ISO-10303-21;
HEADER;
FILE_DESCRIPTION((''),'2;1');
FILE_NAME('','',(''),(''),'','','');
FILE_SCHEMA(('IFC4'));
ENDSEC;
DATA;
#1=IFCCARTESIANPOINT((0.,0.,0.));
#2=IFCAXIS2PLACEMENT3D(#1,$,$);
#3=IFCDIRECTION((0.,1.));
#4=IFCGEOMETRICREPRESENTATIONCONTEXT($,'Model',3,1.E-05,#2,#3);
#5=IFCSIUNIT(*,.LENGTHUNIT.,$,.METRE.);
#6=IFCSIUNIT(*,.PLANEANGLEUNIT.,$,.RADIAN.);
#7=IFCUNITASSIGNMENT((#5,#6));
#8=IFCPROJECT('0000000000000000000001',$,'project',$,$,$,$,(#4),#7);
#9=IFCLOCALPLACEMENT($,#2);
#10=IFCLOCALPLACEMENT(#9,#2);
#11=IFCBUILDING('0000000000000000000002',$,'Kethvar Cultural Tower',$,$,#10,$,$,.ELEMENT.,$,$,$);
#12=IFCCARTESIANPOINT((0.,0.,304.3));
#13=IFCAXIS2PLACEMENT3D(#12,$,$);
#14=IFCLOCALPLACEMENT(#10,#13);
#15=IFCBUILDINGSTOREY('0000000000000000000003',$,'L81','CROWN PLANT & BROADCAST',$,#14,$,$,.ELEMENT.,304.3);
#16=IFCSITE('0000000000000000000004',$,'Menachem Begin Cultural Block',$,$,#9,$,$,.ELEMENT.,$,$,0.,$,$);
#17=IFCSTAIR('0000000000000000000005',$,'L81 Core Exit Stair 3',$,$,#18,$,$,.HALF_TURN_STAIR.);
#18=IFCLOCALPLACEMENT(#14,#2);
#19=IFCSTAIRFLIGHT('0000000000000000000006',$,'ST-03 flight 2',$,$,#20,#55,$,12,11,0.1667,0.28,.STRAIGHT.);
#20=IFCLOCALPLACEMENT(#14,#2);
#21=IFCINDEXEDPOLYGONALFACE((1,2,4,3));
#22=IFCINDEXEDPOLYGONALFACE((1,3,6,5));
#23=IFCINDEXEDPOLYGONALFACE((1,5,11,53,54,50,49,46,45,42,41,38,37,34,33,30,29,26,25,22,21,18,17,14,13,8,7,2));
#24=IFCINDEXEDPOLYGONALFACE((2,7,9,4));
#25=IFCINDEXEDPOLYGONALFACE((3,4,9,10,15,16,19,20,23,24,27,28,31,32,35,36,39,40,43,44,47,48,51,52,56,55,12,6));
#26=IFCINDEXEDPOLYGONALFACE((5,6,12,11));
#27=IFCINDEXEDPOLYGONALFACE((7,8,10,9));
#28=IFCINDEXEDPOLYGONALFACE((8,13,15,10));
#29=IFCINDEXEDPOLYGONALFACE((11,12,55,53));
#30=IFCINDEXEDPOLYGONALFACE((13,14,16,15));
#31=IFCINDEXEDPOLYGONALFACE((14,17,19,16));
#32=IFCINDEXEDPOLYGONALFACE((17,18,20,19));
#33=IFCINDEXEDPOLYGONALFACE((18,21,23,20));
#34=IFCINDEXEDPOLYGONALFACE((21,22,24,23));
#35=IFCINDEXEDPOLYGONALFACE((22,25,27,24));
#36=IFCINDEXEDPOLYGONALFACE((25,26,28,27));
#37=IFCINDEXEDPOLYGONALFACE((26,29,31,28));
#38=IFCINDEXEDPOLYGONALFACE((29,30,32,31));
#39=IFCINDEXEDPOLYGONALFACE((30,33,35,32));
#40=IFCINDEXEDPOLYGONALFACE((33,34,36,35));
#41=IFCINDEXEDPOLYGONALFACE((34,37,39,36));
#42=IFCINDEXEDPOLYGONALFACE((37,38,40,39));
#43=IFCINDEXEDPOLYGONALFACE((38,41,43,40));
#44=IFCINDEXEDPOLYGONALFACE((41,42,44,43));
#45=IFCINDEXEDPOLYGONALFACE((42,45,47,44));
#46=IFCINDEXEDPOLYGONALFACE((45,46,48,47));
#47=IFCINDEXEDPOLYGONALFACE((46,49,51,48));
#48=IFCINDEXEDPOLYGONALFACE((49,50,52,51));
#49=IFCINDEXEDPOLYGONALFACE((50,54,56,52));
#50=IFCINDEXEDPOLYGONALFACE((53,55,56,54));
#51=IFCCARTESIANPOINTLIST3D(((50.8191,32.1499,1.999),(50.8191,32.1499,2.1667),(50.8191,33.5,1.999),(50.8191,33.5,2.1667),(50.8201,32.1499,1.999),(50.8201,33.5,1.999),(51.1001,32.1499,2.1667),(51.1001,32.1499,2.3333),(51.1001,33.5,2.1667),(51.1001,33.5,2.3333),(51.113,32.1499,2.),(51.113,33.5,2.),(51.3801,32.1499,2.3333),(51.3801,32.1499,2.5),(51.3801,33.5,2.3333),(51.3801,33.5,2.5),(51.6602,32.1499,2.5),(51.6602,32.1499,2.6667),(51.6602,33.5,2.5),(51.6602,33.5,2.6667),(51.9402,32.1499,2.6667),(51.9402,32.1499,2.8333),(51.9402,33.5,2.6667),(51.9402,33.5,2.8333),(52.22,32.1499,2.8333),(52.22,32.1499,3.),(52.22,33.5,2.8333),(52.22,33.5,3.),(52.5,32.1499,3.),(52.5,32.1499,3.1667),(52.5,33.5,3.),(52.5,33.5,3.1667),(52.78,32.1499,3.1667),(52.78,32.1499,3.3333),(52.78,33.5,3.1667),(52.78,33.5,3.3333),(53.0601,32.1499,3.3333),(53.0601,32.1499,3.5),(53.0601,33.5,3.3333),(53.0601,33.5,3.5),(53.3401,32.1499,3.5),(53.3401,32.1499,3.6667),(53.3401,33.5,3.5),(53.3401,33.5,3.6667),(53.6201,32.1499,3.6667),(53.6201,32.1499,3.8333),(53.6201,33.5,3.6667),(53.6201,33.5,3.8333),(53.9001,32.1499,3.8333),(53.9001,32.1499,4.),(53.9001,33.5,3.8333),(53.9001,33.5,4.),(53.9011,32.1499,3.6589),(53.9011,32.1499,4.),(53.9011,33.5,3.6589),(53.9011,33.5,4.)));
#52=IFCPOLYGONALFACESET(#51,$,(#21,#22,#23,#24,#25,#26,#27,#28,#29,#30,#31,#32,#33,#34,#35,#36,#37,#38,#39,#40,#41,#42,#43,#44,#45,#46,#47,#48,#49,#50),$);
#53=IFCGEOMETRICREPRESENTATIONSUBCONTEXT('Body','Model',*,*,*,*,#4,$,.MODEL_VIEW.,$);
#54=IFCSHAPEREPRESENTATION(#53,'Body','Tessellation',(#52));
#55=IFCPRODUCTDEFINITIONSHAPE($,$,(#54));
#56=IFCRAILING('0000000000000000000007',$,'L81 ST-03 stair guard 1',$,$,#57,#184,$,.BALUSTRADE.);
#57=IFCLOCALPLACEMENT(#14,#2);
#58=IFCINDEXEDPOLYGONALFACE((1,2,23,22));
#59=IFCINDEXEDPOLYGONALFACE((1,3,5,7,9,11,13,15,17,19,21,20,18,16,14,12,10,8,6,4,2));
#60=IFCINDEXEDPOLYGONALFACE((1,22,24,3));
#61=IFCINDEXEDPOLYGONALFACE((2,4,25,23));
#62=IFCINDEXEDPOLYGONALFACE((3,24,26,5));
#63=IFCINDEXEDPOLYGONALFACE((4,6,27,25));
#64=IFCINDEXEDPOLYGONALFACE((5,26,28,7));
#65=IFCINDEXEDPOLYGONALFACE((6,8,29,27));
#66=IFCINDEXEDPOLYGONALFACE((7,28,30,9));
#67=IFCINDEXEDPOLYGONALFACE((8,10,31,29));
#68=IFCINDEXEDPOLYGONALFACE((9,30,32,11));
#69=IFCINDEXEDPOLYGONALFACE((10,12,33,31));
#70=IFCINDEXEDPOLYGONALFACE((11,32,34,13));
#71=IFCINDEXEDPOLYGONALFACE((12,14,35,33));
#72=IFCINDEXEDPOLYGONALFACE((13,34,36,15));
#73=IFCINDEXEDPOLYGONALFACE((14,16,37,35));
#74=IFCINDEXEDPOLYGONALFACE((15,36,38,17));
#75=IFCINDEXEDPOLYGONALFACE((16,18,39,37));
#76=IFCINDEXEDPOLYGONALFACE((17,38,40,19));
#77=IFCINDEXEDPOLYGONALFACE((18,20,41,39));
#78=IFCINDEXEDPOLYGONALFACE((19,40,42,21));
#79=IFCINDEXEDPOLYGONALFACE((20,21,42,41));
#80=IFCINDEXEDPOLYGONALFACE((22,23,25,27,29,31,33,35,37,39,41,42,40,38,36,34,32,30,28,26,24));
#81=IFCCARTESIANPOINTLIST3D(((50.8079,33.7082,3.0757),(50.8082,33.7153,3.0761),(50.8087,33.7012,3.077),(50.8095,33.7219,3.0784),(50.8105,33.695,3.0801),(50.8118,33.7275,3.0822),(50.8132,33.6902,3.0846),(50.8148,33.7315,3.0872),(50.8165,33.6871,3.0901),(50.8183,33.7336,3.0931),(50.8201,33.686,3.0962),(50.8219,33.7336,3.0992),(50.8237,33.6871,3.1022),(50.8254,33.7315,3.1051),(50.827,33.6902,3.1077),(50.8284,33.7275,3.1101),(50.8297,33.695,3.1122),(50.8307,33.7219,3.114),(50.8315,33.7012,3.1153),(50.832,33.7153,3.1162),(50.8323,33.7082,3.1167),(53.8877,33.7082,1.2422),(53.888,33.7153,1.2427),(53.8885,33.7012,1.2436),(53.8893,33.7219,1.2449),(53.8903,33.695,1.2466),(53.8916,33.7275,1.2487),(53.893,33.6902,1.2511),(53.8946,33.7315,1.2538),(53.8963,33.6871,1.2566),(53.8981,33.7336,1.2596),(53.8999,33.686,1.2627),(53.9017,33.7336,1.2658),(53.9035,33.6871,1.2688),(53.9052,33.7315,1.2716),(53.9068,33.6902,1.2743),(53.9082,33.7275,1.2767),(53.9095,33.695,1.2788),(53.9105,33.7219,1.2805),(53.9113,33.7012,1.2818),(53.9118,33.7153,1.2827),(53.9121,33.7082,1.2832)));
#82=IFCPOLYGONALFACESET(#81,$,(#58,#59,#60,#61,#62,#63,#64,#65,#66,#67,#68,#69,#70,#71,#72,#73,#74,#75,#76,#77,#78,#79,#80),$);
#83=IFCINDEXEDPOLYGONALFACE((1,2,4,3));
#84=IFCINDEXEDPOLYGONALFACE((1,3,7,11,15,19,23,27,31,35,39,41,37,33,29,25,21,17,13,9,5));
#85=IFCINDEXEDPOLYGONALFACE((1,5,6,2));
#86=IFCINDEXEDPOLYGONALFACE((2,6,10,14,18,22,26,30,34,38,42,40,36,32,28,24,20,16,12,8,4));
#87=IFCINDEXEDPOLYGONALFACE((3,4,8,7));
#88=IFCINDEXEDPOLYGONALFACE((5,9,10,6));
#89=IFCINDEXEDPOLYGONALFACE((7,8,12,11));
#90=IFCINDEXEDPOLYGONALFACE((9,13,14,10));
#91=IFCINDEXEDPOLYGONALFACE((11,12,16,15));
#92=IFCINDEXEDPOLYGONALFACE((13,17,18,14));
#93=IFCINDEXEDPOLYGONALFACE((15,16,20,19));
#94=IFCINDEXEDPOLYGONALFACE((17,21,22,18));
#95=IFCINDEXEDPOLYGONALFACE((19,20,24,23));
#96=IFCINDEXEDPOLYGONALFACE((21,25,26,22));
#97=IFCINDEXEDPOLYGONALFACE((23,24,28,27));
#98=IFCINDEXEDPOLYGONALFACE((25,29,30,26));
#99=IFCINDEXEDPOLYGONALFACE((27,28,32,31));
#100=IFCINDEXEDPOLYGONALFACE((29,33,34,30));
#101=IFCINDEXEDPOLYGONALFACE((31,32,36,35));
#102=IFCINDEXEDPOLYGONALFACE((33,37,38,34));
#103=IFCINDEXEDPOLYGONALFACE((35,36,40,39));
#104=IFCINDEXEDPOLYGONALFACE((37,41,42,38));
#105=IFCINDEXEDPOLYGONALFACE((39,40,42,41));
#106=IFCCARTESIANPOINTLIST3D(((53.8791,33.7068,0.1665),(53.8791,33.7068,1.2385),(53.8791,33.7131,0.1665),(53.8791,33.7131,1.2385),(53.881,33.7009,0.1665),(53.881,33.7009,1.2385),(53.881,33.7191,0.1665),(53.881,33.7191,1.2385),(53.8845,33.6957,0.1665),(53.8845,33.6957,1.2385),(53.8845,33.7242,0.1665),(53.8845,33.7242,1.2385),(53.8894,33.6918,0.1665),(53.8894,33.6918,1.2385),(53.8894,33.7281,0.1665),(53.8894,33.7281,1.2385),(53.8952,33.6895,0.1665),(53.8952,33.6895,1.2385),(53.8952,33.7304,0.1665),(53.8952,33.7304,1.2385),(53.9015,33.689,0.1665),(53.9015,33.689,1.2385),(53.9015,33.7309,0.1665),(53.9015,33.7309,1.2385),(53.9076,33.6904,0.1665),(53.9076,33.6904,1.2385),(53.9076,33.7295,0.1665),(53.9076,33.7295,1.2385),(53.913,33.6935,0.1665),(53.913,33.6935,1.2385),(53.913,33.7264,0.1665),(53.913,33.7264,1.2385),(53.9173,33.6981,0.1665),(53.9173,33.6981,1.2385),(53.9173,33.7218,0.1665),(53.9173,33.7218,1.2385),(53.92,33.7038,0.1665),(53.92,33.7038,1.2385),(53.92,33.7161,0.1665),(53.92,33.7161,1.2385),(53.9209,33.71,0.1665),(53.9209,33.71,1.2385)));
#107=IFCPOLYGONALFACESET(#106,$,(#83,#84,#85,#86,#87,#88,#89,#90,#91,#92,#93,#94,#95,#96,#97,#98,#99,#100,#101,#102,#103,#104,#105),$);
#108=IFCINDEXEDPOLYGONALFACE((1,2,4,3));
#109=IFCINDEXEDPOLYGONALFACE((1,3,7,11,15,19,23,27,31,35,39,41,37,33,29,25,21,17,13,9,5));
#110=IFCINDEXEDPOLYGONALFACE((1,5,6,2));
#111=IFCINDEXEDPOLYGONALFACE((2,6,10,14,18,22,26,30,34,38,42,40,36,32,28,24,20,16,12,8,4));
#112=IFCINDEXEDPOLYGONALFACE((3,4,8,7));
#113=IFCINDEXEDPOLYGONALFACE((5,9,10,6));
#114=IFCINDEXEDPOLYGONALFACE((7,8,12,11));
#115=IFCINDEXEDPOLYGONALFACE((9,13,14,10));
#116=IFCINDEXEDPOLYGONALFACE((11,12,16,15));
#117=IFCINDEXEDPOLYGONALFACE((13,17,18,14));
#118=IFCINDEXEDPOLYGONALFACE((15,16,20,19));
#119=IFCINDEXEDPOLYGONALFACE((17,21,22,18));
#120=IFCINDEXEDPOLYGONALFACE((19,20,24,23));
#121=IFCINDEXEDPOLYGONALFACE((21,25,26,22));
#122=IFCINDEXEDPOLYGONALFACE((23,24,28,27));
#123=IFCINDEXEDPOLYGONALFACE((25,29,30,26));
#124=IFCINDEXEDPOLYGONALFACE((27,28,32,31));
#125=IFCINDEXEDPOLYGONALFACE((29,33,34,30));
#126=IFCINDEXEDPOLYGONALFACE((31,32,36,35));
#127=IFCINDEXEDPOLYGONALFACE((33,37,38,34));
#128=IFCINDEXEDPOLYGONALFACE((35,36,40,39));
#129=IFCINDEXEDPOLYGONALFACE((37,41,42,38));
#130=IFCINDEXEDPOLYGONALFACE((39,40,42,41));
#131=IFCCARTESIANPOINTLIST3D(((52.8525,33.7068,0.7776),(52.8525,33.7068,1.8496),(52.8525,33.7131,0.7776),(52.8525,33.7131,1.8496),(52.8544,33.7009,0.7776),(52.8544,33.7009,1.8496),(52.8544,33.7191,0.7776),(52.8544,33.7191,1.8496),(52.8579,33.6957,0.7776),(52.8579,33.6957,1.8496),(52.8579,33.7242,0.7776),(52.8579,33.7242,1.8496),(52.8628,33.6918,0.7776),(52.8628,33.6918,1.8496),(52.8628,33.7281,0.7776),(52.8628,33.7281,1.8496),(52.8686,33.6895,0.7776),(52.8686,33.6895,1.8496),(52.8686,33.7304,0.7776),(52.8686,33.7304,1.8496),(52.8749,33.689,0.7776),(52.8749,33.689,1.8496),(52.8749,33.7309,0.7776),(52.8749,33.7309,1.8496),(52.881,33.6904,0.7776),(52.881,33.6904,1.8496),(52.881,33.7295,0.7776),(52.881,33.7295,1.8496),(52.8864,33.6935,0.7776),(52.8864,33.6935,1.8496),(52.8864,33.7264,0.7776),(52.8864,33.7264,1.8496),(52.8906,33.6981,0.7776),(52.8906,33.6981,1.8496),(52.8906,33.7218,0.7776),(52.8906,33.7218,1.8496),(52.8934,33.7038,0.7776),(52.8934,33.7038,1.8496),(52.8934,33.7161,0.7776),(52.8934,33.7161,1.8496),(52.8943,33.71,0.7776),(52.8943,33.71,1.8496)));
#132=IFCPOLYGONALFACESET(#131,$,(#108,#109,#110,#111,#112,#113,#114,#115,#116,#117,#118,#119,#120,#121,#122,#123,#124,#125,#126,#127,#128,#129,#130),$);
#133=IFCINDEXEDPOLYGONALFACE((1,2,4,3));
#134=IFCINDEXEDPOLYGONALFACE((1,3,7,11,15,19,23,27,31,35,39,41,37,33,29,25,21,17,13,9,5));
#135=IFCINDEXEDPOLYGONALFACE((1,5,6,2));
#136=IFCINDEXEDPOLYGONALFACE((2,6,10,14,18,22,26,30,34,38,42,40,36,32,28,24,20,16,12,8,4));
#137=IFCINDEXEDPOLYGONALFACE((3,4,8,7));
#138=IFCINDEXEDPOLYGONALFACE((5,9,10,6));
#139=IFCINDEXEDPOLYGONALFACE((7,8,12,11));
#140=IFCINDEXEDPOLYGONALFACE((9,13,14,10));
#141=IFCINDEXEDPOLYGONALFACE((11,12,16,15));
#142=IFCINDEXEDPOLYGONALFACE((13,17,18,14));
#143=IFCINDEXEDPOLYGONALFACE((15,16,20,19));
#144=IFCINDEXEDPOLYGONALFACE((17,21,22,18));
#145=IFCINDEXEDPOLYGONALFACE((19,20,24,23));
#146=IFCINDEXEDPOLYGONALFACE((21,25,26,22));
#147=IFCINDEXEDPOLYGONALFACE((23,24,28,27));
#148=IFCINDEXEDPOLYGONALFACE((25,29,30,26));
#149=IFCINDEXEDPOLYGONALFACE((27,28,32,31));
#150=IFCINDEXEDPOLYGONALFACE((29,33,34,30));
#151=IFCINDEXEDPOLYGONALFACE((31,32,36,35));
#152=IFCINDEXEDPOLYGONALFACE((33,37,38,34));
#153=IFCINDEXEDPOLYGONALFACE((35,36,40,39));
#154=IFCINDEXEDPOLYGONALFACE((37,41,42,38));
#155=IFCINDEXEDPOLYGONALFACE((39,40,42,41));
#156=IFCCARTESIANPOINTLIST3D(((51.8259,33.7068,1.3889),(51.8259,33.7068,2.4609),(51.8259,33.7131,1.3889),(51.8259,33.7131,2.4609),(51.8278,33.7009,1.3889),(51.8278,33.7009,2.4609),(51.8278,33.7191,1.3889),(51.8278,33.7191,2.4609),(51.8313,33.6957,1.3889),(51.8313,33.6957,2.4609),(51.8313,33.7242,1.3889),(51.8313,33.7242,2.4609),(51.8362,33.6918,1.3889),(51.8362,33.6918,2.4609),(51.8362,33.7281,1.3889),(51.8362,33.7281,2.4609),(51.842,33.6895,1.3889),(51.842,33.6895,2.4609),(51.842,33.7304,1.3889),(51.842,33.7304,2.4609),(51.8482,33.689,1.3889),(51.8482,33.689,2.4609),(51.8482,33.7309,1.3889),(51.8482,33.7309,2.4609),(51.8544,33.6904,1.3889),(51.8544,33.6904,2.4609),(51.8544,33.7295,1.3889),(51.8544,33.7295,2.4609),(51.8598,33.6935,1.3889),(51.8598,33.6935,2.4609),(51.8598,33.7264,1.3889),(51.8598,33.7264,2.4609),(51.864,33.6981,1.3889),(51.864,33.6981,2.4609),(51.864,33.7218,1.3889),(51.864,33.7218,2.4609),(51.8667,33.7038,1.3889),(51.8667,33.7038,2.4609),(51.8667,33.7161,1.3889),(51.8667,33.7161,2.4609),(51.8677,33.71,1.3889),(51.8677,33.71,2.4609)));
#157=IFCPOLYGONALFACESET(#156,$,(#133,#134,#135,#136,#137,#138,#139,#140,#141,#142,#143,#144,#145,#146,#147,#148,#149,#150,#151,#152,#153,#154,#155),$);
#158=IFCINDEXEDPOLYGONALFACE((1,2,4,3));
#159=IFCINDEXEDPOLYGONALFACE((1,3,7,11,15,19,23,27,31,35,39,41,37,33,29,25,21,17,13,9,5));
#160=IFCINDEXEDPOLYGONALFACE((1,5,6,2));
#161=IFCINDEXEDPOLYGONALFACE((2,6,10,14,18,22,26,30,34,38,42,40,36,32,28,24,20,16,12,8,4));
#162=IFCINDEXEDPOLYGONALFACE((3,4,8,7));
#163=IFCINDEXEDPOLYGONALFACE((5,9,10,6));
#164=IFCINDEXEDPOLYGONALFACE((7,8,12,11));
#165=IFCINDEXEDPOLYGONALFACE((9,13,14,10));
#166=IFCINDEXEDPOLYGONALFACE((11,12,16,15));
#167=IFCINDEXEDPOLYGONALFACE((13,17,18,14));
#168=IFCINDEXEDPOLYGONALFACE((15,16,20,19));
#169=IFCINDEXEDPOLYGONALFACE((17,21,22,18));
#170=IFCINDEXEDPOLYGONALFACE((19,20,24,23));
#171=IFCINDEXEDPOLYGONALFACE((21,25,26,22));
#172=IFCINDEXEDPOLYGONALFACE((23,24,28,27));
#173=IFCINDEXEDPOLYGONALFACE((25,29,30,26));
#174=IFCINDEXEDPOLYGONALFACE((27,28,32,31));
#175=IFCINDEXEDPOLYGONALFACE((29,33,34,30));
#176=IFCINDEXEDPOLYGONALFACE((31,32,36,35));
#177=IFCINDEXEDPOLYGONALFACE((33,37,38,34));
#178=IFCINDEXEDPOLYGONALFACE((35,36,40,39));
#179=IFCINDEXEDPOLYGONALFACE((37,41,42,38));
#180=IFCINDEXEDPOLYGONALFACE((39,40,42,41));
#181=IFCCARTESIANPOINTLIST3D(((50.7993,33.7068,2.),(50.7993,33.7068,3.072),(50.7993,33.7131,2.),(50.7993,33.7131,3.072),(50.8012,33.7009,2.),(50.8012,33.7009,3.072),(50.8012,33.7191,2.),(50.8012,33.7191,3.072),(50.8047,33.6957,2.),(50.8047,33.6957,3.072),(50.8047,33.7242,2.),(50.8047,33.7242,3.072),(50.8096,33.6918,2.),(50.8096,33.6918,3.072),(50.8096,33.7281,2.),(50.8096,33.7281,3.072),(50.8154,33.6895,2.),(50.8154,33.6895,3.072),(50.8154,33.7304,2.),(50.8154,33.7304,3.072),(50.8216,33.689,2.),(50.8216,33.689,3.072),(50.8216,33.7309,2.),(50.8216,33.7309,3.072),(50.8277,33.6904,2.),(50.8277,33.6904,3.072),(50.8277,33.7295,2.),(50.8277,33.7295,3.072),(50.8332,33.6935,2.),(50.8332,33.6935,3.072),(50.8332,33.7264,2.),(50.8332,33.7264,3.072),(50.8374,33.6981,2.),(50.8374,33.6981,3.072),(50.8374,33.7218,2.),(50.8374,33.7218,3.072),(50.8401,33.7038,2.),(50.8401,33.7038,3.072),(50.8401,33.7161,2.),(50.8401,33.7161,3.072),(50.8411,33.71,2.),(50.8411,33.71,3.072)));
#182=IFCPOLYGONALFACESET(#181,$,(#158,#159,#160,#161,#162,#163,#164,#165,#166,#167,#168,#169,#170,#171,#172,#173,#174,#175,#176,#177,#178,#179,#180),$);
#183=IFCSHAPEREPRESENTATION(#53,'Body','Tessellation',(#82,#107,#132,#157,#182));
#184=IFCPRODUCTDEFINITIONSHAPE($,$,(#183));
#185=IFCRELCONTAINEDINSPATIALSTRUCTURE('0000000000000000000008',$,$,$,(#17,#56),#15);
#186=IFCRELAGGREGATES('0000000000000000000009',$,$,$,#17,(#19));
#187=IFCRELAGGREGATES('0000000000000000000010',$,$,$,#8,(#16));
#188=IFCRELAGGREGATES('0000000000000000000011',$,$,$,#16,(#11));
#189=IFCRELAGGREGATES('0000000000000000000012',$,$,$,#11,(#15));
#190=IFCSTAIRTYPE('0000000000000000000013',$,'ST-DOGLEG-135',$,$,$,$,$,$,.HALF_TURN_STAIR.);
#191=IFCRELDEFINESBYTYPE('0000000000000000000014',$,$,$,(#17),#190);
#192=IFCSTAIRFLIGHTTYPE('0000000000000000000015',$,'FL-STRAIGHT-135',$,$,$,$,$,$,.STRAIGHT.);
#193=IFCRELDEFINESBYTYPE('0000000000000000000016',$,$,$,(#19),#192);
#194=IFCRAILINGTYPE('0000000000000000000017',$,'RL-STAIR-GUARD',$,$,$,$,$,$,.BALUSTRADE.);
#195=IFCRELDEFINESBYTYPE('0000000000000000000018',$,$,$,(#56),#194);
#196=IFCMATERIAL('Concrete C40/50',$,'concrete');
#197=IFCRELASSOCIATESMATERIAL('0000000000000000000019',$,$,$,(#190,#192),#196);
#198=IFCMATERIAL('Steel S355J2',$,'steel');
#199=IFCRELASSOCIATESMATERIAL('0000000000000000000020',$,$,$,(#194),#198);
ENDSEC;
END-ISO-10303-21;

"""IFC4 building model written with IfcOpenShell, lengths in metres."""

from ifc_helpers import new_model, si_unit, direction, frame, origin, origin_2d, place, context, subcontext, project, spatial, polyline, circle, outline, extrude, material, type_object, element, aggregate, save


model = new_model("IFC4")

# Units and contexts
model_context = context("Model", 3, precision=1e-05, world=origin(), true_north=direction((0.0, 1.0)))
body_context = subcontext(model_context, "Body", "Model", "MODEL_VIEW")
ifc_project = project(units=[si_unit("LENGTHUNIT", "METRE"), si_unit("PLANEANGLEUNIT", "RADIAN")], contexts=[model_context])

# Site, building, storey
site_placement = place(None, origin())
site = spatial("IfcSite", under=ifc_project, at=site_placement, Name="Menachem Begin Cultural Block", CompositionType="ELEMENT", RefElevation=0.0)
building_placement = place(site_placement, origin())
building = spatial("IfcBuilding", under=site, at=building_placement, Name="Kethvar Cultural Tower", CompositionType="ELEMENT")
storey_placement = place(building_placement, frame((0.0, 0.0, 304.3)))
storey = spatial("IfcBuildingStorey", under=building, at=storey_placement, Name="L81", Description="CROWN PLANT & BROADCAST", CompositionType="ELEMENT", Elevation=304.3)

# Shared definitions
ifc_material_1 = material(Name="Steel S355J2", Category="steel")

# Shared definitions
ifc_material_2 = material(Name="Concrete C40/50", Category="concrete")

# Stair, stair flight
stair_type = type_object("IfcStairType", Name="ST-DOGLEG-135", PredefinedType="HALF_TURN_STAIR", material=ifc_material_2)
stair_placement = place(storey_placement, origin())
stair = element("IfcStair", 1, at=stair_placement, inside=storey, type_object=stair_type, Name="L81 Core Exit Stair 3", PredefinedType="HALF_TURN_STAIR")
stair_flight_type = type_object("IfcStairFlightType", Name="FL-STRAIGHT-135", PredefinedType="STRAIGHT", material=ifc_material_2)
stair_flight_1_placement = place(storey_placement, frame((50.8201, 32.825, 2.0), z_axis=(0.0, 0.0, 1.0), x_axis=(1.0, 0.0, 0.0)))
stair_flight_1 = element("IfcStairFlight", 2, at=stair_flight_1_placement, type_object=stair_flight_type, Name="ST-03 flight 2", NumberOfRisers=12, NumberOfTreads=11, PredefinedType="STRAIGHT", RiserHeight=0.1667, TreadLength=0.28, context=body_context, shape_type="SweptSolid", body=[
    extrude(outline(polyline([(-0.001, -0.001), (-0.001, 0.1667), (0.28, 0.1667), (0.28, 0.3333), (0.5601, 0.3333), (0.5601, 0.5), (0.8401, 0.5), (0.8401, 0.6667), (1.1201, 0.6667), (1.1201, 0.8333), (1.3999, 0.8333), (1.3999, 1.0), (1.6799, 1.0), (1.6799, 1.1667), (1.96, 1.1667), (1.96, 1.3333), (2.24, 1.3333), (2.24, 1.5), (2.52, 1.5), (2.52, 1.6667), (2.8, 1.6667), (2.8, 1.8333), (3.0801, 1.8333), (3.0801, 2.0), (3.0811, 2.0), (3.0811, 1.6589), (0.293, 0.0), (0.0, -0.001), (-0.001, -0.001)])), frame((0.0, 0.675, 0.0), z_axis=(0.0, -1.0, 0.0), x_axis=(1.0, 0.0, 0.0)), (0.0, 0.0, 1.0), 1.3501),
])
aggregate(stair, [stair_flight_1])

# Railing
railing_type_1 = type_object("IfcRailingType", Name="RL-STAIR-GUARD", PredefinedType="BALUSTRADE", material=ifc_material_1)
railing_1_placement = place(storey_placement, frame((53.8999, 33.71, 0.1665)))
element("IfcRailing", 3, at=railing_1_placement, inside=storey, type_object=railing_type_1, Name="L81 ST-03 stair guard 1", PredefinedType="BALUSTRADE", context=body_context, shape_type="SweptSolid", body=[
    extrude(circle(Radius=0.0239, at=origin_2d()), frame((0.0, 0.0, 1.0962), z_axis=(-0.859261, 0.0, 0.511538), x_axis=(0.0, -1.0, 0.0)), (0.0, 0.0, 1.0), 3.5842),
    extrude(circle(Radius=0.021, at=origin_2d()), origin(), (0.0, 0.0, 1.0), 1.072),
    extrude(circle(Radius=0.021, at=origin_2d()), frame((-1.0266, 0.0, 0.6111)), (0.0, 0.0, 1.0), 1.072),
    extrude(circle(Radius=0.021, at=origin_2d()), frame((-2.0532, 0.0, 1.2224)), (0.0, 0.0, 1.0), 1.072),
    extrude(circle(Radius=0.021, at=origin_2d()), frame((-3.0798, 0.0, 1.8335)), (0.0, 0.0, 1.0), 1.072),
])

save(model, "model.ifc")
